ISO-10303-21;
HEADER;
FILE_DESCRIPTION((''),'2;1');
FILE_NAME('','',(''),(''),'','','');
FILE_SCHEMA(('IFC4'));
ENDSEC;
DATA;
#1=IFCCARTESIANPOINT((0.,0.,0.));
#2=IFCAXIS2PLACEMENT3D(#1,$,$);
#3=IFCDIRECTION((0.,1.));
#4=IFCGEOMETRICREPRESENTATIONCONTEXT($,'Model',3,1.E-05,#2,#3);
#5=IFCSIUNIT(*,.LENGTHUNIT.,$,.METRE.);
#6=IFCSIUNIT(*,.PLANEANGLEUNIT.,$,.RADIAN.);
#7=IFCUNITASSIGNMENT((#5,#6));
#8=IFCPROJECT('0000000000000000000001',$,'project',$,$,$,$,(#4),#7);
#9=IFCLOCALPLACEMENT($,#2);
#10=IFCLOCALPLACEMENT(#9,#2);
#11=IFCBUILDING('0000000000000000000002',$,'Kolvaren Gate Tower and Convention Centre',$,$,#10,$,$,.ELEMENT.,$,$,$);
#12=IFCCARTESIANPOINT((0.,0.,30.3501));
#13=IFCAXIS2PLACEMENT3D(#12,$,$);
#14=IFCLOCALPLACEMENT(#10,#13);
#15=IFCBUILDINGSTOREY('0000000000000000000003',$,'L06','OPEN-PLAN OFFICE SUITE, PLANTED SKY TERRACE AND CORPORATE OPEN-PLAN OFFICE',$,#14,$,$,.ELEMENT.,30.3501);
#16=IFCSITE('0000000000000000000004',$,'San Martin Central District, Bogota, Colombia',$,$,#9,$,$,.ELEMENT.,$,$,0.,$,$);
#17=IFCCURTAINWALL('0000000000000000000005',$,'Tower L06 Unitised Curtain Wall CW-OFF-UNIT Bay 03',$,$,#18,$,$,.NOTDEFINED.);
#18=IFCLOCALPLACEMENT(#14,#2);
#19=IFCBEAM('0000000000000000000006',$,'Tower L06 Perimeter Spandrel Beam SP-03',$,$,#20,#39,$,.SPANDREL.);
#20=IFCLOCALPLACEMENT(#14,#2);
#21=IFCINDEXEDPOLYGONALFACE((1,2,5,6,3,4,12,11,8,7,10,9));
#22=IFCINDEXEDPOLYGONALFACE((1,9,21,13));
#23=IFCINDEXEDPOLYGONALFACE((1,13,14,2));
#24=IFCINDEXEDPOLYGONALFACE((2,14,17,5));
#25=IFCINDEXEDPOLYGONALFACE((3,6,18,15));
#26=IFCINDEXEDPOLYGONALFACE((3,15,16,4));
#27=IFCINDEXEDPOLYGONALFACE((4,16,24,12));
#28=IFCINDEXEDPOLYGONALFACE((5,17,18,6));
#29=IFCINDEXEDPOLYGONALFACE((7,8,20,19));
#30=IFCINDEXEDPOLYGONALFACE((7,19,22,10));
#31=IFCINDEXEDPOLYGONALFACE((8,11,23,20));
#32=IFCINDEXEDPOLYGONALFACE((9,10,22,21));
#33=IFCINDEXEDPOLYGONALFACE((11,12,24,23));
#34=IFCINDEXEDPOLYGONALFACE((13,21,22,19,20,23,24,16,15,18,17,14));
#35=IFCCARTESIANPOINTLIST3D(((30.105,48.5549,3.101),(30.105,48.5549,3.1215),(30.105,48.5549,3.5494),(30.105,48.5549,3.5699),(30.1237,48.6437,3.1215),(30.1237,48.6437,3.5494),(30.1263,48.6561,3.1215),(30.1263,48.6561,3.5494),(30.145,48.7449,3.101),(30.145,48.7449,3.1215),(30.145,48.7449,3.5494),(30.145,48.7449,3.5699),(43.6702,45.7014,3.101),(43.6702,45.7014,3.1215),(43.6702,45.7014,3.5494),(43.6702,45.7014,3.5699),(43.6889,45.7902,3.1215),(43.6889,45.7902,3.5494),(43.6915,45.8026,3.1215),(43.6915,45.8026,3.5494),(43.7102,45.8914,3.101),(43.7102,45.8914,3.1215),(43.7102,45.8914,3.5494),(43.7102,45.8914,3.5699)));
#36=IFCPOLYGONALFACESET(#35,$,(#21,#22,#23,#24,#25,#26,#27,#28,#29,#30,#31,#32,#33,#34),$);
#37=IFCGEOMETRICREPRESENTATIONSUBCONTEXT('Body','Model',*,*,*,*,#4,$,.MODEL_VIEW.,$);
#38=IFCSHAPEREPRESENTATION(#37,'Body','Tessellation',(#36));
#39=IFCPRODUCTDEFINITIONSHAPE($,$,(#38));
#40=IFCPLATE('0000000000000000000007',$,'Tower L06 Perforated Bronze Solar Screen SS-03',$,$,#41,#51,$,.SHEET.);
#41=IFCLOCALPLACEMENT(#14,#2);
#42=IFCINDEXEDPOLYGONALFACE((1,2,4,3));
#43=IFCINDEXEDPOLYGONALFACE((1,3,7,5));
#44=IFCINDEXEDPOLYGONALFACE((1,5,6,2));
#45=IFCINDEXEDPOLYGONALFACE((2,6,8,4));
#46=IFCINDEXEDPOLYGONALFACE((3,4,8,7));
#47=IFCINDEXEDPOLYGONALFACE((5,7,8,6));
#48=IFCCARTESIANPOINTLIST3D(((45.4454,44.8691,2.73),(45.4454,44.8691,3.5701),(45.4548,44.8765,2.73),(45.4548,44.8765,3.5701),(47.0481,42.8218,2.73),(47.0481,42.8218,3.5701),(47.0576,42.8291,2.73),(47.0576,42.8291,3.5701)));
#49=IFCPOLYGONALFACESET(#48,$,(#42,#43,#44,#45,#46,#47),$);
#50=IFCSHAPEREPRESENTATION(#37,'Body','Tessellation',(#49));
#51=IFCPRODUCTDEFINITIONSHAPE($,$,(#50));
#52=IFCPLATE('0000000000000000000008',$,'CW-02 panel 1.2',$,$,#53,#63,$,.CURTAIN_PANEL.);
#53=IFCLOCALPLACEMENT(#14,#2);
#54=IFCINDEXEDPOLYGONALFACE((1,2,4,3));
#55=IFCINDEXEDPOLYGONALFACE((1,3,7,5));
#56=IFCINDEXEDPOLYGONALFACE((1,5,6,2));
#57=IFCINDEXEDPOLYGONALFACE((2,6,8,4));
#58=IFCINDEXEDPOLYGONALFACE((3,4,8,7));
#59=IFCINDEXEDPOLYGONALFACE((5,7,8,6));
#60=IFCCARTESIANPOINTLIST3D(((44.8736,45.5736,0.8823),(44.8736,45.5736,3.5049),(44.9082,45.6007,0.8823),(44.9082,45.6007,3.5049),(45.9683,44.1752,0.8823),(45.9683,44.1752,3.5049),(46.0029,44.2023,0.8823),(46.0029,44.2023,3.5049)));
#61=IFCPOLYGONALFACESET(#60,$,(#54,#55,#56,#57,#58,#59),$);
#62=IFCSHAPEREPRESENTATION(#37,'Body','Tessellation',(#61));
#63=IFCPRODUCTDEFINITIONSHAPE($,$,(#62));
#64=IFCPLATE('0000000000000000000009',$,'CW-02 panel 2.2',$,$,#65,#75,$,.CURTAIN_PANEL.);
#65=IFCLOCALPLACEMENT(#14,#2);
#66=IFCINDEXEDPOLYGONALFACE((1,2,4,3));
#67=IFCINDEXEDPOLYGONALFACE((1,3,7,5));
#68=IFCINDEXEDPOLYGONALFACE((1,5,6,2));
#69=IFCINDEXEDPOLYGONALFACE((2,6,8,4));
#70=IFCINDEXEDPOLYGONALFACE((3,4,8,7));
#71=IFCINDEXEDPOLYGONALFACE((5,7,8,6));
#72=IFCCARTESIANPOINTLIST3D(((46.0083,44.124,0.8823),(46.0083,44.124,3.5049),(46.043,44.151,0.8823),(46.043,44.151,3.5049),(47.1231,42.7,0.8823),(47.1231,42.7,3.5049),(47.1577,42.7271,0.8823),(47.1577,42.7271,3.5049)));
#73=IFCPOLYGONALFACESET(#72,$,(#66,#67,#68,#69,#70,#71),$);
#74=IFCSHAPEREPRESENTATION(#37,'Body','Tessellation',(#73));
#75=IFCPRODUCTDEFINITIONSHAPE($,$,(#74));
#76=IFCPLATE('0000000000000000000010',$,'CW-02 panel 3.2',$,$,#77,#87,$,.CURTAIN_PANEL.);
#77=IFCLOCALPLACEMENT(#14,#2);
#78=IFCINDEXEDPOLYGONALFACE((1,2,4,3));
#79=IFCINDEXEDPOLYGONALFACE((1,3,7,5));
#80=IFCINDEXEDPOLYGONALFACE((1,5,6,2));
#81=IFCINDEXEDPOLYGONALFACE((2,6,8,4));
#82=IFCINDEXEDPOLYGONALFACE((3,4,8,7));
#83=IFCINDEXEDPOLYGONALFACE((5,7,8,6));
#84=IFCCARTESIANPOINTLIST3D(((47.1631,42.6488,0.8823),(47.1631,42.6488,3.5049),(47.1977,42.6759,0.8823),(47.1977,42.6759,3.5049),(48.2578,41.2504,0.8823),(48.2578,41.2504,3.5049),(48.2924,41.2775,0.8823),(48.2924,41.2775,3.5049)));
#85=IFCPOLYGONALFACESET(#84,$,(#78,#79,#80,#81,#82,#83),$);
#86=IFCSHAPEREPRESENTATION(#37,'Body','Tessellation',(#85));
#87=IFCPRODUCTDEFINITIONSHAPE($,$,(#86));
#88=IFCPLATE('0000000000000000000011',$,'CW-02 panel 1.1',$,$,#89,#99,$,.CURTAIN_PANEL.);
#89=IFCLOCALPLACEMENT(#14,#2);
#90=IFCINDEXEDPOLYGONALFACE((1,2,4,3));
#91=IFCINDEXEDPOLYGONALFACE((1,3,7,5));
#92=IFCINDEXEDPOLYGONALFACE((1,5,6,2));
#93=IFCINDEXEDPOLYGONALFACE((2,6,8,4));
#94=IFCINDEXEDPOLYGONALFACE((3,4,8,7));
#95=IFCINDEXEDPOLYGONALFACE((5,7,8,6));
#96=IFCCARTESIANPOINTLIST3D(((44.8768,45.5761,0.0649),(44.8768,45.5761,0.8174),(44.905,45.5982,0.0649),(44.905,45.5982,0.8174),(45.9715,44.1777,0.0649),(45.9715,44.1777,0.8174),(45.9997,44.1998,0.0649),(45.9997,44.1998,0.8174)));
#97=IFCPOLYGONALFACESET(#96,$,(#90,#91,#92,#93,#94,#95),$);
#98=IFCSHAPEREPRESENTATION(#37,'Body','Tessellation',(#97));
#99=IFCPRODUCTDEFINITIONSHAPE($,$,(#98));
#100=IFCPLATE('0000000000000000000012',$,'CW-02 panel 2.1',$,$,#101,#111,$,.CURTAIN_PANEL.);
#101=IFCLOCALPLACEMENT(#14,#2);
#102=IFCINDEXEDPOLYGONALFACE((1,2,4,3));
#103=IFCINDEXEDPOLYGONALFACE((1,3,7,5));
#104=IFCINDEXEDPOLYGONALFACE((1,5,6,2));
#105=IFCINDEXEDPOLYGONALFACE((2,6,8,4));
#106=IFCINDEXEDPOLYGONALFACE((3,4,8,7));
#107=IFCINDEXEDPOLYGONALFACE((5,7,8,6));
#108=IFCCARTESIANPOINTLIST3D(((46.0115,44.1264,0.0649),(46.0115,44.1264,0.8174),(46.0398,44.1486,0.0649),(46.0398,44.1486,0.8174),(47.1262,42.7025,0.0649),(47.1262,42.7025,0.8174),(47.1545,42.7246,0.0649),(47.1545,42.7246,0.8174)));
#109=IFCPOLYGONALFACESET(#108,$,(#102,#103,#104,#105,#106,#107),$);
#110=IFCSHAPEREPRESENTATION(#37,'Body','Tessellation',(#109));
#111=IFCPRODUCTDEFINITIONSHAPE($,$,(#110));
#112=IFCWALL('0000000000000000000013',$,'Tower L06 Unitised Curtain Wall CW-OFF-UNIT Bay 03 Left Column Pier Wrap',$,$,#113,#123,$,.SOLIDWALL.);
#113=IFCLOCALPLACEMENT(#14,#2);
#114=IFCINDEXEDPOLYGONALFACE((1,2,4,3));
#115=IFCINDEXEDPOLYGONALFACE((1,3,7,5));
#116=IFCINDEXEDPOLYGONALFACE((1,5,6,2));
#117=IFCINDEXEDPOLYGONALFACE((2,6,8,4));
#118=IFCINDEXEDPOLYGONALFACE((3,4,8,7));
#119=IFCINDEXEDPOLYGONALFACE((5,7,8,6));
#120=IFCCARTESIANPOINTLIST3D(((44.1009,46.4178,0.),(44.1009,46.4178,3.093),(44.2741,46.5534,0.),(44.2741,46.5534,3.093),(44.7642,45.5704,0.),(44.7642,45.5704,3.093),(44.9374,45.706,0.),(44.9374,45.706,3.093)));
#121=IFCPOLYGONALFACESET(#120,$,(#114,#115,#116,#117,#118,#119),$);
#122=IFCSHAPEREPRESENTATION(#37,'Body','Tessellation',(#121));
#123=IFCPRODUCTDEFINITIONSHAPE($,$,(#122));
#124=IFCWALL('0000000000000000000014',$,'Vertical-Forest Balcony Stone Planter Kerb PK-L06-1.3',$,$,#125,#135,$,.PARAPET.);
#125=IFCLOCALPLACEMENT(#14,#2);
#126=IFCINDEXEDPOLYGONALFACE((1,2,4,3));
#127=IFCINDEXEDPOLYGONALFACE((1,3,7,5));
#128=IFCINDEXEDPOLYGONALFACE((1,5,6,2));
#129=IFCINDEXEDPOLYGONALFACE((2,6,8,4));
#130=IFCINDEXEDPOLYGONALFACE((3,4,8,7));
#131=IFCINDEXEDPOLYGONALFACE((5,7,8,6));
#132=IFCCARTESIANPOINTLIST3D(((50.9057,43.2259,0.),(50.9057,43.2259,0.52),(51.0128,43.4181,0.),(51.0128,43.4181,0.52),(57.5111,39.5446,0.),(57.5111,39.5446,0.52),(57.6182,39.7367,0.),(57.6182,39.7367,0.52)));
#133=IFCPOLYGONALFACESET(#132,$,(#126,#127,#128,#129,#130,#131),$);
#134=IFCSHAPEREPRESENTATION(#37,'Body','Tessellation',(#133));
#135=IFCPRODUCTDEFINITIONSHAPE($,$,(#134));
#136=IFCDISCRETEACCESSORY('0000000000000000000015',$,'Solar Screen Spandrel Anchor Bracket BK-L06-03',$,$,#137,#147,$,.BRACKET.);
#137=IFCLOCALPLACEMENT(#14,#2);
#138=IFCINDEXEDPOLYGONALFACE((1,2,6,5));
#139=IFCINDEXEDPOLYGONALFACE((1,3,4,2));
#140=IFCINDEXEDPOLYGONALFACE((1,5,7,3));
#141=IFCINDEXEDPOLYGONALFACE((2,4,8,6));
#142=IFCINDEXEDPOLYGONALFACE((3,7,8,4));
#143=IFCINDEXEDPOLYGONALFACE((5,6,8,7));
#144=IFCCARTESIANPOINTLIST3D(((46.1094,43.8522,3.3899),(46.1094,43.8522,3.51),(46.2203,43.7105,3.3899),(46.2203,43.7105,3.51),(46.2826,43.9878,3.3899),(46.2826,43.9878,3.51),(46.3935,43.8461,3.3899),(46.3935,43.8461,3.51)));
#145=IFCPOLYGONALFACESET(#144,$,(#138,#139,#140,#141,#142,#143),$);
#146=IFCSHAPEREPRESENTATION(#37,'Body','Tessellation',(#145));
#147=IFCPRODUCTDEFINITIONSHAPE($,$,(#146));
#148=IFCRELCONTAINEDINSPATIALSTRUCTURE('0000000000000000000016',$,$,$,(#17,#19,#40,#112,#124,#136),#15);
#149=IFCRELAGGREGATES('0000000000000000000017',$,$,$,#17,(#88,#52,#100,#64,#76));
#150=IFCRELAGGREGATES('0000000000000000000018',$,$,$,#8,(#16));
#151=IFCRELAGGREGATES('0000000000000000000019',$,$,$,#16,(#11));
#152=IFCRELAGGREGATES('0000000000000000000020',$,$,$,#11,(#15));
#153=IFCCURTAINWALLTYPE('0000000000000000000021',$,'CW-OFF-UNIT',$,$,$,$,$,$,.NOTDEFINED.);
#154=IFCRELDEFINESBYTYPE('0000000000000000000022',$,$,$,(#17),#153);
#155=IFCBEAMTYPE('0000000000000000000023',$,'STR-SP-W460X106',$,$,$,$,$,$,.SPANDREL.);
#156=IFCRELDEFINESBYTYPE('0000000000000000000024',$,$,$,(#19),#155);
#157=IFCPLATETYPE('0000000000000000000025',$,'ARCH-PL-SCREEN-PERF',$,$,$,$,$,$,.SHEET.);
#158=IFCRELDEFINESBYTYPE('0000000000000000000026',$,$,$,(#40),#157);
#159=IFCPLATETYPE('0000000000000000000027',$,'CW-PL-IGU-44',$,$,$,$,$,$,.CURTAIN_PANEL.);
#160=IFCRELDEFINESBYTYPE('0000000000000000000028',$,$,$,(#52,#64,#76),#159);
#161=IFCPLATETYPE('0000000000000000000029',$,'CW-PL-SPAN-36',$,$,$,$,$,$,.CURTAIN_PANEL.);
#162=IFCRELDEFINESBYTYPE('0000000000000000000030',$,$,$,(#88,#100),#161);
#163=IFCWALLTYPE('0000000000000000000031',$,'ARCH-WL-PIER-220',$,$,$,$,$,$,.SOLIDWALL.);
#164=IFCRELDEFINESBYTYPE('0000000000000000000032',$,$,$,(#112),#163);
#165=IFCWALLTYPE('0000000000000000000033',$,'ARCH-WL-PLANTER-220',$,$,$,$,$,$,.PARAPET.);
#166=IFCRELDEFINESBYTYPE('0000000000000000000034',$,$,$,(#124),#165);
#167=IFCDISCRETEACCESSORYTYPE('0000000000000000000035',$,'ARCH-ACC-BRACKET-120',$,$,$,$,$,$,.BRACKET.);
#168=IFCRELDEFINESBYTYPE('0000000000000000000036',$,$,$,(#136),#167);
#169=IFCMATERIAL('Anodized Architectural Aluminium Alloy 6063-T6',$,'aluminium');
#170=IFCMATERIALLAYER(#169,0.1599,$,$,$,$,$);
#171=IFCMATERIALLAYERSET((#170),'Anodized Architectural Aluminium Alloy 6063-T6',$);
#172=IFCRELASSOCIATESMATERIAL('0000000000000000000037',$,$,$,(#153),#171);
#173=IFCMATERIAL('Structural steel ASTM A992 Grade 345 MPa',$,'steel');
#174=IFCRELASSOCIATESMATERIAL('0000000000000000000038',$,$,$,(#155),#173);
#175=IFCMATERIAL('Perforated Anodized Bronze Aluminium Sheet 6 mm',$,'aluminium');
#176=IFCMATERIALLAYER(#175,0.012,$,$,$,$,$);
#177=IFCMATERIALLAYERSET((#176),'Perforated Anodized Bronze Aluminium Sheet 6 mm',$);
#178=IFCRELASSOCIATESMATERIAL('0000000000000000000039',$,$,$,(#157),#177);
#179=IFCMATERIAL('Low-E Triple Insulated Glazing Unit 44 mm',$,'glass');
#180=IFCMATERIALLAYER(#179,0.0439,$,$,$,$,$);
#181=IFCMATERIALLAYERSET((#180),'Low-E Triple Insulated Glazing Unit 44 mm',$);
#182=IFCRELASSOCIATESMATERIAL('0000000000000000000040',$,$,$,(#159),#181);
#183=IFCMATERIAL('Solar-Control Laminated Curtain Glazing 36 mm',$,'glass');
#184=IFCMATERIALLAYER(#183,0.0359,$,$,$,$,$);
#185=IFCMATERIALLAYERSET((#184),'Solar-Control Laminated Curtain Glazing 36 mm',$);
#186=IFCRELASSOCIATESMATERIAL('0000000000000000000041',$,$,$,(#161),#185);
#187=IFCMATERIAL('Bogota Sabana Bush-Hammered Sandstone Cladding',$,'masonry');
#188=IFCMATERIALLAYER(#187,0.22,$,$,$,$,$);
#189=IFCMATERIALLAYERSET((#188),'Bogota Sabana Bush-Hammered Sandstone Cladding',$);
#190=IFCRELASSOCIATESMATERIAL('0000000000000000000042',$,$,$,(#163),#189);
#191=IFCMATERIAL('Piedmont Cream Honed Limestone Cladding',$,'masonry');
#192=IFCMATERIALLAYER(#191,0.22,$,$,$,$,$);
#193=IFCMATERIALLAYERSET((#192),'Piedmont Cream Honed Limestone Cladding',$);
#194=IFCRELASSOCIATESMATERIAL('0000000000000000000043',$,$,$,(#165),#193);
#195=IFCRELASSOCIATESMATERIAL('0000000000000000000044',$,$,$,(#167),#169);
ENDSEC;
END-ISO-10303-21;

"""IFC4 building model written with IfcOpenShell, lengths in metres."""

from ifc_helpers import new_model, si_unit, direction, frame, frame_2d, origin, origin_2d, place, context, subcontext, project, spatial, rectangle, i_section, extrude, material, layer, layer_set, material_profile, profile_set, type_object, element, aggregate, save


model = new_model("IFC4")

# Units and contexts
model_context = context("Model", 3, precision=1e-05, world=origin(), true_north=direction((0.0, 1.0)))
body_context = subcontext(model_context, "Body", "Model", "MODEL_VIEW")
ifc_project = project(units=[si_unit("LENGTHUNIT", "METRE"), si_unit("PLANEANGLEUNIT", "RADIAN")], contexts=[model_context])

# Site, building, storey
site_placement = place(None, origin())
site = spatial("IfcSite", under=ifc_project, at=site_placement, Name="San Martin Central District, Bogota, Colombia", CompositionType="ELEMENT", RefElevation=0.0)
building_placement = place(site_placement, origin())
building = spatial("IfcBuilding", under=site, at=building_placement, Name="Kolvaren Gate Tower and Convention Centre", CompositionType="ELEMENT")
storey_placement = place(building_placement, frame((0.0, 0.0, 30.3501)))
storey = spatial("IfcBuildingStorey", under=building, at=storey_placement, Name="L06", Description="OPEN-PLAN OFFICE SUITE, PLANTED SKY TERRACE AND CORPORATE OPEN-PLAN OFFICE", CompositionType="ELEMENT", Elevation=30.3501)

# Curtain wall
ifc_material_1 = material(Name="Anodized Architectural Aluminium Alloy 6063-T6", Category="aluminium")
ifc_layer_1 = layer(ifc_material_1, 0.1599)
ifc_layer_set_1 = layer_set([ifc_layer_1], Name="Anodized Architectural Aluminium Alloy 6063-T6")
curtain_wall_type = type_object("IfcCurtainWallType", Name="CW-OFF-UNIT", PredefinedType="NOTDEFINED", material=ifc_layer_set_1)
curtain_wall_placement = place(storey_placement, origin())
curtain_wall = element("IfcCurtainWall", 1, at=curtain_wall_placement, inside=storey, type_object=curtain_wall_type, Name="Tower L06 Unitised Curtain Wall CW-OFF-UNIT Bay 03", PredefinedType="NOTDEFINED")

# Beam
ifc_material_2 = material(Name="Structural steel ASTM A992 Grade 345 MPa", Category="steel")
ifc_material_profile_1 = material_profile(ifc_material_2, i_section(OverallWidth=0.1941, OverallDepth=0.469, WebThickness=0.0127, FlangeThickness=0.0205, at=origin_2d()), Name="W460X106")
ifc_profile_set_1 = profile_set([ifc_material_profile_1], Name="Structural steel ASTM A992 Grade 345 MPa")
beam_type = type_object("IfcBeamType", Name="STR-SP-W460X106", PredefinedType="SPANDREL", material=ifc_profile_set_1)
beam_placement = place(storey_placement, frame((43.6902, 45.7964, 3.3354), z_axis=(-0.978583, 0.205851, 0.0), x_axis=(-0.205851, -0.978583, 0.0)))
element("IfcBeam", 2, at=beam_placement, inside=storey, type_object=beam_type, Name="Tower L06 Perimeter Spandrel Beam SP-03", PredefinedType="SPANDREL", context=body_context, shape_type="SweptSolid", body=[
    extrude(i_section(OverallWidth=0.1941, OverallDepth=0.469, WebThickness=0.0127, FlangeThickness=0.0205, at=origin_2d()), origin(), (0.0, 0.0, 1.0), 13.8621),
])

# Plates
ifc_material_3 = material(Name="Perforated Anodized Bronze Aluminium Sheet 6 mm", Category="aluminium")
ifc_layer_2 = layer(ifc_material_3, 0.012)
ifc_layer_set_2 = layer_set([ifc_layer_2], Name="Perforated Anodized Bronze Aluminium Sheet 6 mm")
plate_type_1 = type_object("IfcPlateType", Name="ARCH-PL-SCREEN-PERF", PredefinedType="SHEET", material=ifc_layer_set_2)
plate_1_placement = place(storey_placement, frame((46.2515, 43.8491, 2.73), z_axis=(0.0, 0.0, 1.0), x_axis=(0.616424, -0.787414, 0.0)))
element("IfcPlate", 3, at=plate_1_placement, inside=storey, type_object=plate_type_1, Name="Tower L06 Perforated Bronze Solar Screen SS-03", PredefinedType="SHEET", context=body_context, shape_type="SweptSolid", body=[
    extrude(rectangle(XDim=2.6001, YDim=0.012, at=origin_2d()), origin(), (0.0, 0.0, 1.0), 0.8401),
])
ifc_material_4 = material(Name="Low-E Triple Insulated Glazing Unit 44 mm", Category="glass")
ifc_layer_3 = layer(ifc_material_4, 0.0439)
ifc_layer_set_3 = layer_set([ifc_layer_3], Name="Low-E Triple Insulated Glazing Unit 44 mm")
plate_type_2 = type_object("IfcPlateType", Name="CW-PL-IGU-44", PredefinedType="CURTAIN_PANEL", material=ifc_layer_set_3)
plate_2_placement = place(storey_placement, frame((45.4382, 44.8879, 0.8823), z_axis=(0.0, 0.0, 1.0), x_axis=(0.616426, -0.787413, 0.0)))
plate_2 = element("IfcPlate", 4, at=plate_2_placement, type_object=plate_type_2, Name="CW-02 panel 1.2", PredefinedType="CURTAIN_PANEL", context=body_context, shape_type="SweptSolid", body=[
    extrude(rectangle(XDim=1.7759, YDim=0.0439, at=origin_2d()), origin(), (0.0, 0.0, 1.0), 2.6226),
])
plate_3_placement = place(storey_placement, frame((46.583, 43.4255, 0.8823), z_axis=(0.0, 0.0, 1.0), x_axis=(0.616426, -0.787413, 0.0)))
plate_3 = element("IfcPlate", 5, at=plate_3_placement, type_object=plate_type_2, Name="CW-02 panel 2.2", PredefinedType="CURTAIN_PANEL", context=body_context, shape_type="SweptSolid", body=[
    extrude(rectangle(XDim=1.8083, YDim=0.0439, at=origin_2d()), origin(), (0.0, 0.0, 1.0), 2.6226),
])
plate_4_placement = place(storey_placement, frame((47.7278, 41.9631, 0.8823), z_axis=(0.0, 0.0, 1.0), x_axis=(0.616426, -0.787413, 0.0)))
plate_4 = element("IfcPlate", 6, at=plate_4_placement, type_object=plate_type_2, Name="CW-02 panel 3.2", PredefinedType="CURTAIN_PANEL", context=body_context, shape_type="SweptSolid", body=[
    extrude(rectangle(XDim=1.7759, YDim=0.0439, at=origin_2d()), origin(), (0.0, 0.0, 1.0), 2.6226),
])
ifc_material_5 = material(Name="Solar-Control Laminated Curtain Glazing 36 mm", Category="glass")
ifc_layer_4 = layer(ifc_material_5, 0.0359)
ifc_layer_set_4 = layer_set([ifc_layer_4], Name="Solar-Control Laminated Curtain Glazing 36 mm")
plate_type_3 = type_object("IfcPlateType", Name="CW-PL-SPAN-36", PredefinedType="CURTAIN_PANEL", material=ifc_layer_set_4)
plate_5_placement = place(storey_placement, frame((45.4382, 44.8879, 0.0649), z_axis=(0.0, 0.0, 1.0), x_axis=(0.616426, -0.787413, 0.0)))
plate_5 = element("IfcPlate", 7, at=plate_5_placement, type_object=plate_type_3, Name="CW-02 panel 1.1", PredefinedType="CURTAIN_PANEL", context=body_context, shape_type="SweptSolid", body=[
    extrude(rectangle(XDim=1.7759, YDim=0.0359, at=origin_2d()), origin(), (0.0, 0.0, 1.0), 0.7524),
])
plate_6_placement = place(storey_placement, frame((46.583, 43.4255, 0.0649), z_axis=(0.0, 0.0, 1.0), x_axis=(0.616426, -0.787413, 0.0)))
plate_6 = element("IfcPlate", 8, at=plate_6_placement, type_object=plate_type_3, Name="CW-02 panel 2.1", PredefinedType="CURTAIN_PANEL", context=body_context, shape_type="SweptSolid", body=[
    extrude(rectangle(XDim=1.8083, YDim=0.0359, at=origin_2d()), origin(), (0.0, 0.0, 1.0), 0.7524),
])
aggregate(curtain_wall, [plate_5, plate_2, plate_6, plate_3, plate_4])

# Walls
ifc_material_6 = material(Name="Bogota Sabana Bush-Hammered Sandstone Cladding", Category="masonry")
ifc_layer_5 = layer(ifc_material_6, 0.22)
ifc_layer_set_5 = layer_set([ifc_layer_5], Name="Bogota Sabana Bush-Hammered Sandstone Cladding")
wall_type_1 = type_object("IfcWallType", Name="ARCH-WL-PIER-220", PredefinedType="SOLIDWALL", material=ifc_layer_set_5)
wall_1_placement = place(storey_placement, frame((44.1875, 46.4856, 0.0), z_axis=(0.0, 0.0, 1.0), x_axis=(0.616388, -0.787443, 0.0)))
element("IfcWall", 9, at=wall_1_placement, inside=storey, type_object=wall_type_1, Name="Tower L06 Unitised Curtain Wall CW-OFF-UNIT Bay 03 Left Column Pier Wrap", PredefinedType="SOLIDWALL", context=body_context, shape_type="SweptSolid", body=[
    extrude(rectangle(XDim=1.0762, YDim=0.22, at=frame_2d((0.5381, 0.0))), origin(), (0.0, 0.0, 1.0), 3.093),
])
ifc_material_7 = material(Name="Piedmont Cream Honed Limestone Cladding", Category="masonry")
ifc_layer_6 = layer(ifc_material_7, 0.22)
ifc_layer_set_6 = layer_set([ifc_layer_6], Name="Piedmont Cream Honed Limestone Cladding")
wall_type_2 = type_object("IfcWallType", Name="ARCH-WL-PLANTER-220", PredefinedType="PARAPET", material=ifc_layer_set_6)
wall_2_placement = place(storey_placement, frame((50.9592, 43.322, 0.0), z_axis=(0.0, 0.0, 1.0), x_axis=(0.8735, -0.486824, 0.0)))
element("IfcWall", 10, at=wall_2_placement, inside=storey, type_object=wall_type_2, Name="Vertical-Forest Balcony Stone Planter Kerb PK-L06-1.3", PredefinedType="PARAPET", context=body_context, shape_type="SweptSolid", body=[
    extrude(rectangle(XDim=7.562, YDim=0.22, at=frame_2d((3.781, 0.0))), origin(), (0.0, 0.0, 1.0), 0.52),
])

# Discrete accessory
discrete_accessory_type = type_object("IfcDiscreteAccessoryType", Name="ARCH-ACC-BRACKET-120", PredefinedType="BRACKET", material=ifc_material_1)
discrete_accessory_placement = place(storey_placement, frame((46.2515, 43.8491, 3.3899), z_axis=(0.0, 0.0, 1.0), x_axis=(0.616424, -0.787414, 0.0)))
element("IfcDiscreteAccessory", 11, at=discrete_accessory_placement, inside=storey, type_object=discrete_accessory_type, Name="Solar Screen Spandrel Anchor Bracket BK-L06-03", PredefinedType="BRACKET", context=body_context, shape_type="SweptSolid", body=[
    extrude(rectangle(XDim=0.1799, YDim=0.22, at=origin_2d()), origin(), (0.0, 0.0, 1.0), 0.1201),
])

save(model, "model.ifc")
